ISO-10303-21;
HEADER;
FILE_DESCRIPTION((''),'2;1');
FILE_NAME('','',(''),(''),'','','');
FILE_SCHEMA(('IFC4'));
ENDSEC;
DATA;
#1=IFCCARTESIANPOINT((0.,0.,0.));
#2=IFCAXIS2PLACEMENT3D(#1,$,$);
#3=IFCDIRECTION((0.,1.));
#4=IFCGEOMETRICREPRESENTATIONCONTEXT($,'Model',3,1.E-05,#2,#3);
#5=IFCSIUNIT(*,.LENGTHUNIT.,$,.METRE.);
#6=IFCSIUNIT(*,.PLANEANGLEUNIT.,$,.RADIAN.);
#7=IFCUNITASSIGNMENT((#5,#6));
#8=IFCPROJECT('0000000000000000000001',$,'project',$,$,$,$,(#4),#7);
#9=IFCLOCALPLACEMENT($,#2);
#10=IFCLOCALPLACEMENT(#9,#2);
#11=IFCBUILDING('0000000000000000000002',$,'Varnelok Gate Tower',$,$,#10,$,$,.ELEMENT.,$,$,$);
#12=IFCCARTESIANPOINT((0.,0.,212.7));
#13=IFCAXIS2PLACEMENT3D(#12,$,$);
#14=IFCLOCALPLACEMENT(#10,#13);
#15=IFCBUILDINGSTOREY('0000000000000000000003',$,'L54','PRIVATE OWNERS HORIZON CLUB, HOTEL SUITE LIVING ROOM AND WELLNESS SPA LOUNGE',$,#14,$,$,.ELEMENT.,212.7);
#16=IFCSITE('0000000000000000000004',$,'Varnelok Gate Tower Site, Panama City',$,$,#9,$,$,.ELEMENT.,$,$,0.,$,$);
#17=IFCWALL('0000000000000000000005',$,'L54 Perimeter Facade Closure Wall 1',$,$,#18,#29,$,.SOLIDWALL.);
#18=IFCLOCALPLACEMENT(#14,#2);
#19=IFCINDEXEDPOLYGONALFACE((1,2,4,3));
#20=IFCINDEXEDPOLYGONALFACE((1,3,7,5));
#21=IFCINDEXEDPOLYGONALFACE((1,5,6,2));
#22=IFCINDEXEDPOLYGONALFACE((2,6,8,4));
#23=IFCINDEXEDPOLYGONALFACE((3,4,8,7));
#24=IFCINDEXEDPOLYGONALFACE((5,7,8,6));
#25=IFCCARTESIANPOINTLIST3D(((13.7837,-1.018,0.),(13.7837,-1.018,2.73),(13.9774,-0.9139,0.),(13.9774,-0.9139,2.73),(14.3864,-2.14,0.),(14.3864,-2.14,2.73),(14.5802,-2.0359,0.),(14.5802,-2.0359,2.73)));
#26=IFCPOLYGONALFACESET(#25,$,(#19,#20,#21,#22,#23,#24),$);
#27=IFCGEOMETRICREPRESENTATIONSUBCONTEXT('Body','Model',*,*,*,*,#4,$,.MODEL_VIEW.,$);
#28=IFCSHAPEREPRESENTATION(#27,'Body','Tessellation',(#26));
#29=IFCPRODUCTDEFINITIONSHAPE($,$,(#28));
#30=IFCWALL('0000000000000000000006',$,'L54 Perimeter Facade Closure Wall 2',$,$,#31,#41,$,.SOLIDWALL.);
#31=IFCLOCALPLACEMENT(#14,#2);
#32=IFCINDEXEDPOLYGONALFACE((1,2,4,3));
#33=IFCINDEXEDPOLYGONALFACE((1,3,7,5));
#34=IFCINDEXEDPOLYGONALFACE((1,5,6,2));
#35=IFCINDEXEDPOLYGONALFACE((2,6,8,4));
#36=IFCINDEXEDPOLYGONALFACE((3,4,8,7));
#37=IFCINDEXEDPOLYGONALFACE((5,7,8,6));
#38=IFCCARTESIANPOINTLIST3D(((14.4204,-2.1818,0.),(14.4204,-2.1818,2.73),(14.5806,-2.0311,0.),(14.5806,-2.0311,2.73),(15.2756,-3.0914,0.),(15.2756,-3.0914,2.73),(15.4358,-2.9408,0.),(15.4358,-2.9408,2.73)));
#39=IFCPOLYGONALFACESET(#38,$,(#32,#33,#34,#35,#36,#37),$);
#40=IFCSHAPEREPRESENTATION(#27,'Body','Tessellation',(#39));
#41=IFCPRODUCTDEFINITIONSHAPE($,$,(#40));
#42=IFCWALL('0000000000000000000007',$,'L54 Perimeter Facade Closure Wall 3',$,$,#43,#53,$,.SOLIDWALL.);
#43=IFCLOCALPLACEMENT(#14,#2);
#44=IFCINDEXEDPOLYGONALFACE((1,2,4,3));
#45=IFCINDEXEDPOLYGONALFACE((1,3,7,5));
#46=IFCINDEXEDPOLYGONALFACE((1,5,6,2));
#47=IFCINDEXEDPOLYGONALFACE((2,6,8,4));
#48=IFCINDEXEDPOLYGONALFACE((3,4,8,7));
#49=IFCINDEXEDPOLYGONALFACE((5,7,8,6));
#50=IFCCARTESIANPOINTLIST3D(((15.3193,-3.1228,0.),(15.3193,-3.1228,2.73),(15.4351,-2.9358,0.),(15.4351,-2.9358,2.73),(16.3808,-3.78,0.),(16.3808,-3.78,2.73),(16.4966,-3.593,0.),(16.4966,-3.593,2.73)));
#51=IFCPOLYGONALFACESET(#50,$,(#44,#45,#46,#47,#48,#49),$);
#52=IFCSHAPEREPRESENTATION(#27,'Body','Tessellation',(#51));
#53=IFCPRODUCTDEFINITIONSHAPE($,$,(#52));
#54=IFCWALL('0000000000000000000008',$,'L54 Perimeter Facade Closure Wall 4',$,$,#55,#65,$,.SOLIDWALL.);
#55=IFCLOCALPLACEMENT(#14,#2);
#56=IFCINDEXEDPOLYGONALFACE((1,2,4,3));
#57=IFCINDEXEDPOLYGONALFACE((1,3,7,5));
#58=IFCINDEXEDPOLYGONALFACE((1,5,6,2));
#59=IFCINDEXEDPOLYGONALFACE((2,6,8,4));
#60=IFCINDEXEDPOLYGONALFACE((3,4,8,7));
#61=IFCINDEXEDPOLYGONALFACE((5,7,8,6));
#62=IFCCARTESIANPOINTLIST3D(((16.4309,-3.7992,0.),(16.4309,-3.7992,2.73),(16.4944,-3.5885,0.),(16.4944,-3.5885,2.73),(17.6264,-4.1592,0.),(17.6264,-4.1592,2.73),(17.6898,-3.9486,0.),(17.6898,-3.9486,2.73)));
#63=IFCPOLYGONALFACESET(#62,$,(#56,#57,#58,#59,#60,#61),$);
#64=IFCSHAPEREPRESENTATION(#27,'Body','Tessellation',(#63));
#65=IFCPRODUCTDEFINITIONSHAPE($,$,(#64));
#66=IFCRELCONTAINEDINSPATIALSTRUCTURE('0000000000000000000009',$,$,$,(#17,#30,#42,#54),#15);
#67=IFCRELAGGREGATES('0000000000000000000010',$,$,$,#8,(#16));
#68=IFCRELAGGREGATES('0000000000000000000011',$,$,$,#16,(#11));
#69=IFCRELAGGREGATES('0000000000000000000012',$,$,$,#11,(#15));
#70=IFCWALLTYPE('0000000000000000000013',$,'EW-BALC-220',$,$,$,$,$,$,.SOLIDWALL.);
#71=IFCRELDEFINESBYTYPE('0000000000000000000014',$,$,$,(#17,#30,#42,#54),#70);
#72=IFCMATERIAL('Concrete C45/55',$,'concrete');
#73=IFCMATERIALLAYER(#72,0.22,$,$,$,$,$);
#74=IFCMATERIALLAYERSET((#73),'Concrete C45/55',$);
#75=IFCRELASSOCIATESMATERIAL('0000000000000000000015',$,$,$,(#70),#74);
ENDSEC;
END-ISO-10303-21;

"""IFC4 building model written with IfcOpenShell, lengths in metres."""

from ifc_helpers import new_model, si_unit, direction, frame, frame_2d, origin, place, context, subcontext, project, spatial, rectangle, extrude, material, layer, layer_set, type_object, element, save


model = new_model("IFC4")

# Units and contexts
model_context = context("Model", 3, precision=1e-05, world=origin(), true_north=direction((0.0, 1.0)))
body_context = subcontext(model_context, "Body", "Model", "MODEL_VIEW")
ifc_project = project(units=[si_unit("LENGTHUNIT", "METRE"), si_unit("PLANEANGLEUNIT", "RADIAN")], contexts=[model_context])

# Site, building, storey
site_placement = place(None, origin())
site = spatial("IfcSite", under=ifc_project, at=site_placement, Name="Varnelok Gate Tower Site, Panama City", CompositionType="ELEMENT", RefElevation=0.0)
building_placement = place(site_placement, origin())
building = spatial("IfcBuilding", under=site, at=building_placement, Name="Varnelok Gate Tower", CompositionType="ELEMENT")
storey_placement = place(building_placement, frame((0.0, 0.0, 212.7)))
storey = spatial("IfcBuildingStorey", under=building, at=storey_placement, Name="L54", Description="PRIVATE OWNERS HORIZON CLUB, HOTEL SUITE LIVING ROOM AND WELLNESS SPA LOUNGE", CompositionType="ELEMENT", Elevation=212.7)

# Shared definitions
ifc_material_1 = material(Name="Concrete C45/55", Category="concrete")

# Walls
ifc_layer_1 = layer(ifc_material_1, 0.22)
ifc_layer_set_1 = layer_set([ifc_layer_1], Name="Concrete C45/55")
wall_type = type_object("IfcWallType", Name="EW-BALC-220", PredefinedType="SOLIDWALL", material=ifc_layer_set_1)
wall_placement = place(storey_placement, frame((13.8806, -0.9661, 0.0), z_axis=(0.0, 0.0, 1.0), x_axis=(0.473242, -0.880932, 0.0)))
element("IfcWall", 1, at=wall_placement, inside=storey, type_object=wall_type, Name="L54 Perimeter Facade Closure Wall 1", PredefinedType="SOLIDWALL", context=body_context, shape_type="SweptSolid", body=[
    extrude(rectangle(XDim=1.2737, YDim=0.22, at=frame_2d((0.6367, 0.0))), origin(), (0.0, 0.0, 1.0), 2.73),
])
for number, where, z_axis, x_axis, name in (
    (2, (14.5005, -2.1064, 0.0), (0.0, 0.0, 1.0), (0.684968, -0.728573, 0.0), "L54 Perimeter Facade Closure Wall 2"),
    (3, (15.3772, -3.0293, 0.0), (0.0, 0.0, 1.0), (0.850232, -0.526408, 0.0), "L54 Perimeter Facade Closure Wall 3"),
    (4, (16.4626, -3.6938, 0.0), (0.0, 0.0, 1.0), (0.957508, -0.288406, 0.0), "L54 Perimeter Facade Closure Wall 4"),
):
    element("IfcWall", number, at=place(storey_placement, frame(where, z_axis=z_axis, x_axis=x_axis)), inside=storey, type_object=wall_type, Name=name, PredefinedType="SOLIDWALL", context=body_context, shape_type="SweptSolid", body=[
        extrude(rectangle(XDim=1.2485, YDim=0.22, at=frame_2d((0.6243, 0.0))), origin(), (0.0, 0.0, 1.0), 2.73),
    ])

save(model, "model.ifc")
